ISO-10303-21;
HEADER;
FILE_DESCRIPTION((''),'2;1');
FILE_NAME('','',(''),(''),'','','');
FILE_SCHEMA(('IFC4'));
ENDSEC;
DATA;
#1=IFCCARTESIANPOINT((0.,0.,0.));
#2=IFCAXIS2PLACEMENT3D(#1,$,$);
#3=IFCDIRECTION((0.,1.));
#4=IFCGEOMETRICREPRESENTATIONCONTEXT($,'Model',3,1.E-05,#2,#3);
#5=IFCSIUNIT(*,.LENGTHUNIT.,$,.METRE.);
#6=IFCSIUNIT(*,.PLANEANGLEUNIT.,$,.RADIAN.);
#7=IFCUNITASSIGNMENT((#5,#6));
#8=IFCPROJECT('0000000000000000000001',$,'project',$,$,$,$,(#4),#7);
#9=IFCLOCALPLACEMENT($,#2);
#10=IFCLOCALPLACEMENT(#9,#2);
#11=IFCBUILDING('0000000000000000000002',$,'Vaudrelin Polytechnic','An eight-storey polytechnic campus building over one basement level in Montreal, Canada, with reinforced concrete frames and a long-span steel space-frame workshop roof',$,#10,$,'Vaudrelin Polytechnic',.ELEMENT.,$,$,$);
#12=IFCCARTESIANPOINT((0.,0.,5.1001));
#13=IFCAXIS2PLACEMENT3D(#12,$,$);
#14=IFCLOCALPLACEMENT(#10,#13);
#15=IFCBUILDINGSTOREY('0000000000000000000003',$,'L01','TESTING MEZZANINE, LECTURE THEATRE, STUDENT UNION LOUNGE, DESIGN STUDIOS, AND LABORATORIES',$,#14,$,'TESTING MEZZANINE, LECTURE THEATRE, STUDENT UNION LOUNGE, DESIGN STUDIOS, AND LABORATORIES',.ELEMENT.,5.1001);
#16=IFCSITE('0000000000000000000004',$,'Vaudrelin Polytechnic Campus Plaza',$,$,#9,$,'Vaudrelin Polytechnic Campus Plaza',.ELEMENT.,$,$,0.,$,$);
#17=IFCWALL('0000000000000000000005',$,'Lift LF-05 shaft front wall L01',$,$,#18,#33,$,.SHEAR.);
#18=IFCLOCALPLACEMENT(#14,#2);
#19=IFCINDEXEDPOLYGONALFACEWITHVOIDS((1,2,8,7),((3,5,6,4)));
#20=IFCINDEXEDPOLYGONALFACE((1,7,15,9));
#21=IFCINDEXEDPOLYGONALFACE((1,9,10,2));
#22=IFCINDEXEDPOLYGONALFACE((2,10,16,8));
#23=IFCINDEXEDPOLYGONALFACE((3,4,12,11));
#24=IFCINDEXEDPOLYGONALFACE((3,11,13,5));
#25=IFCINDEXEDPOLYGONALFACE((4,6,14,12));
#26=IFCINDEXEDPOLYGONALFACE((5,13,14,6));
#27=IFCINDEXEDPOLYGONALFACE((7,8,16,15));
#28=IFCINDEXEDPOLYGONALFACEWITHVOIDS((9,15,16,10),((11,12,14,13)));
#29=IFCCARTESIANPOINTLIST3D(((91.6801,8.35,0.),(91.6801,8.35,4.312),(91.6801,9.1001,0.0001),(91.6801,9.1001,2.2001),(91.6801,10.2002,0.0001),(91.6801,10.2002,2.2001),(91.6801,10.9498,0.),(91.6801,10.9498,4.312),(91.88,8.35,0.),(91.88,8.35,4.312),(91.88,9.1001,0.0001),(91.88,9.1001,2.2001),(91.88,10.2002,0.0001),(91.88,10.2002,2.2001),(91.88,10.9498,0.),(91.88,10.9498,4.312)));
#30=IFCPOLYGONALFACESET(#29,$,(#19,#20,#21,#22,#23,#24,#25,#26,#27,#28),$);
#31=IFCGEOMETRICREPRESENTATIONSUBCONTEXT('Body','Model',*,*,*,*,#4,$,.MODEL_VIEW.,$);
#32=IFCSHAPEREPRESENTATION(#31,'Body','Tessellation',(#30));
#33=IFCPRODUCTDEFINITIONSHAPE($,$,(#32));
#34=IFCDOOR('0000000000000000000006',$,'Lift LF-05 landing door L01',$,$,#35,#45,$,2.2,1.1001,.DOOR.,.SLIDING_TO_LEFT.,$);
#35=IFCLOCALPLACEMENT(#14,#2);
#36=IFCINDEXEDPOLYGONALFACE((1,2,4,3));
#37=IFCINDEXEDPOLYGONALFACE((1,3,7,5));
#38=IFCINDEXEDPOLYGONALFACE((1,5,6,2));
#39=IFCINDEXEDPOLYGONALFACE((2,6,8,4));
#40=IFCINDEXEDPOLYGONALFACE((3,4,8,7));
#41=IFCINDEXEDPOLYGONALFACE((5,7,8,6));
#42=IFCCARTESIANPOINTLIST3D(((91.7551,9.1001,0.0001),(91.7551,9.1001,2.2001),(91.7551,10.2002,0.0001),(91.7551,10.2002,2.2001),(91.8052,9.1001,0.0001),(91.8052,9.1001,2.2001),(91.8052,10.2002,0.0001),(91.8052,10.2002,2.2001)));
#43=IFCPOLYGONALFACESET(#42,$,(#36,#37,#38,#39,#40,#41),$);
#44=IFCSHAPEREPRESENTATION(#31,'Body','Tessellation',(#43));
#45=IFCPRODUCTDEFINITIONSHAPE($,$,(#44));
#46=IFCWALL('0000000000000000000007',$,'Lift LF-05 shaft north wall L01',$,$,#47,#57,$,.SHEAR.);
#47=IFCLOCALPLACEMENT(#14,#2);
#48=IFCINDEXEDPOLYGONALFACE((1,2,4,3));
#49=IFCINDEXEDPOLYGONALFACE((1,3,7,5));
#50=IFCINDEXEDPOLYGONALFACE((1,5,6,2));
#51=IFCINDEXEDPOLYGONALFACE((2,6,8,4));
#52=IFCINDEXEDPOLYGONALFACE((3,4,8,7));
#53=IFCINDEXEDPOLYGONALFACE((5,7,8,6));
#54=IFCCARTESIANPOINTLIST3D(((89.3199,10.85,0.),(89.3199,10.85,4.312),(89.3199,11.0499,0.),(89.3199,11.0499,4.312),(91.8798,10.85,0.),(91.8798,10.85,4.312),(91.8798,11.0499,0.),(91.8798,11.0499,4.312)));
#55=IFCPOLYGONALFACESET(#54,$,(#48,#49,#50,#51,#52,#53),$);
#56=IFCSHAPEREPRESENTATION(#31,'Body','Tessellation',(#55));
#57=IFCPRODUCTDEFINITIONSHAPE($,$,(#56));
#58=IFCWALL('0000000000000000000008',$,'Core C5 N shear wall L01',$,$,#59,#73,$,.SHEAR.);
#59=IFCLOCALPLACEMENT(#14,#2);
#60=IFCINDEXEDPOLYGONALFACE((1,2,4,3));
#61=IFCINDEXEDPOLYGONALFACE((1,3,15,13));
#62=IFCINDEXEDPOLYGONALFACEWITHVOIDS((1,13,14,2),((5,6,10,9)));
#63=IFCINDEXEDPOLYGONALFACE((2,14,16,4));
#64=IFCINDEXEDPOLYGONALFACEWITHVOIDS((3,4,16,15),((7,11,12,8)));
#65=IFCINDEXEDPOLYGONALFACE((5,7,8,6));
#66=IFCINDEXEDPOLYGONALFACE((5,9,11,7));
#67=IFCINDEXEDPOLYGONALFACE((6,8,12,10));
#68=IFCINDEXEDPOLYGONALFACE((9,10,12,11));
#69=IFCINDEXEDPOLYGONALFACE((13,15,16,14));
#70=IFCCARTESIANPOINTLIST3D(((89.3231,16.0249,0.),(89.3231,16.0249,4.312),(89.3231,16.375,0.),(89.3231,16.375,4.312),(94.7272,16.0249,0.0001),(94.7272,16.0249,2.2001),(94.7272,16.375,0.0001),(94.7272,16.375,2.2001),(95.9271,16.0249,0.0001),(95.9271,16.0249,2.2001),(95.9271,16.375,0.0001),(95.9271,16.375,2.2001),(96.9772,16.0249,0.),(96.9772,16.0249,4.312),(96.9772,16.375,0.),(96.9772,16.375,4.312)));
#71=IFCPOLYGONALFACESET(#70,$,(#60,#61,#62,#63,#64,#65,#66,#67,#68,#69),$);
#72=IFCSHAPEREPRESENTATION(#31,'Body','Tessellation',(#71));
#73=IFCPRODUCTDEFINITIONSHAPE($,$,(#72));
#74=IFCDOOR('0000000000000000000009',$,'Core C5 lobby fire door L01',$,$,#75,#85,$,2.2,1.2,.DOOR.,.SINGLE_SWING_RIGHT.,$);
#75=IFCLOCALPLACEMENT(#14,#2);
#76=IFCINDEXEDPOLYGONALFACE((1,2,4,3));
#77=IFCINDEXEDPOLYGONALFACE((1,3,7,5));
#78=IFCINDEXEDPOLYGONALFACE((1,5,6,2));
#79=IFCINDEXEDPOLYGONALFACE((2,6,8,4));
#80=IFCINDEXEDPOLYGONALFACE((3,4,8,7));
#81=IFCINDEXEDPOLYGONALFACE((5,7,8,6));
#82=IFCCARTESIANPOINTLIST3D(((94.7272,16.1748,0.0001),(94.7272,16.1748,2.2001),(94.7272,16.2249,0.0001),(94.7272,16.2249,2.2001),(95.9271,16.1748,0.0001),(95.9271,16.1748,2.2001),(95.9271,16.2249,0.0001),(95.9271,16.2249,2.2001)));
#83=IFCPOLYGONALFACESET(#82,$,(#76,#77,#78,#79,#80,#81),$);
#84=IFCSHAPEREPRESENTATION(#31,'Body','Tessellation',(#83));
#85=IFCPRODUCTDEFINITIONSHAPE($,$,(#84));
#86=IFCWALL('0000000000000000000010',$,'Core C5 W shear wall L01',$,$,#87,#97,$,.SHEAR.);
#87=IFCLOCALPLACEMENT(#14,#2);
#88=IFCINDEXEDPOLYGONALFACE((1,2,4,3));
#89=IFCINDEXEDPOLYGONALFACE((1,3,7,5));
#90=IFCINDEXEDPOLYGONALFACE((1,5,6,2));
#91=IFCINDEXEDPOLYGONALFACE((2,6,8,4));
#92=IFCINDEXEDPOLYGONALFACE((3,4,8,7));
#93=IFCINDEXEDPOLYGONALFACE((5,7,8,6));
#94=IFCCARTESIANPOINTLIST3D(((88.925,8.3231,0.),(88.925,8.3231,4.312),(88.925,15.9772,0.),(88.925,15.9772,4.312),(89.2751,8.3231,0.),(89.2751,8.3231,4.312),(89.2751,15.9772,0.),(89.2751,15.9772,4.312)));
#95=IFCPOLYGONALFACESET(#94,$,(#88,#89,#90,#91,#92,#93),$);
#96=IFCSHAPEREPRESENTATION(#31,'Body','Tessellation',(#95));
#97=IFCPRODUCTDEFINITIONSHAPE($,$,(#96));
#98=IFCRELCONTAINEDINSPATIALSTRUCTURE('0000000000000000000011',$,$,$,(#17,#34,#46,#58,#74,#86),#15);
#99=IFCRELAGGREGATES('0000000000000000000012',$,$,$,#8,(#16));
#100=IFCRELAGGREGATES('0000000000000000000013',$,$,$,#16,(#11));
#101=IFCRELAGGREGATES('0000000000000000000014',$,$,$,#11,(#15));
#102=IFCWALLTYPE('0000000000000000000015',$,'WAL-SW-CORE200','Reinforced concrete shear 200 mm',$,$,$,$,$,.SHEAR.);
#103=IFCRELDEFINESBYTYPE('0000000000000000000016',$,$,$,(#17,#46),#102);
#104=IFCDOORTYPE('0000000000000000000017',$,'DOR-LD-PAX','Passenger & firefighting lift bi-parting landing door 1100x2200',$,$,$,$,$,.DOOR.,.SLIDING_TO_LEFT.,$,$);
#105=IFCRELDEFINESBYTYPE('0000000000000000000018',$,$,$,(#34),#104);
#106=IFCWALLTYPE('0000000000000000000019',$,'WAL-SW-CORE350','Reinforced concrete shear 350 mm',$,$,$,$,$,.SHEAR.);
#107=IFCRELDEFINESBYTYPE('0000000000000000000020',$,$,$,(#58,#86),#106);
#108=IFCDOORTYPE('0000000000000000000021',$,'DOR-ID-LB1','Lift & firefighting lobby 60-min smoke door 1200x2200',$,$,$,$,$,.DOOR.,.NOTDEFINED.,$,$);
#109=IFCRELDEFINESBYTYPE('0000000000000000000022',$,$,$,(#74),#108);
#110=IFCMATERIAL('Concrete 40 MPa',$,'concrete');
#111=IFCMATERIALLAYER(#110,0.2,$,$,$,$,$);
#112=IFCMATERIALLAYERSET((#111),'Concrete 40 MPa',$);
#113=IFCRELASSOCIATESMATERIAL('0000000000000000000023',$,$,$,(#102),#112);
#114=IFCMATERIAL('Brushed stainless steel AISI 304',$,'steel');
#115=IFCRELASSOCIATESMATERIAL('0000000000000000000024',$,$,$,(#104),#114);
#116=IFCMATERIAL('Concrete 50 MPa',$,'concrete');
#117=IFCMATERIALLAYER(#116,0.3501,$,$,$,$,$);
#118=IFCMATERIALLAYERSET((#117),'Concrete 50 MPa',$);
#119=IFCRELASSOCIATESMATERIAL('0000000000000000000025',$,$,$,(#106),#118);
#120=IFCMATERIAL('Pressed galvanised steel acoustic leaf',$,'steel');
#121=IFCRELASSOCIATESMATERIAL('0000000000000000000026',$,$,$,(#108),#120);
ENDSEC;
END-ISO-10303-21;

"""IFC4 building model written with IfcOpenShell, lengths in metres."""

from ifc_helpers import new_model, si_unit, direction, frame, frame_2d, origin, place, context, subcontext, project, spatial, rectangle, extrude, material, layer, layer_set, type_object, element, fill, save


model = new_model("IFC4")

# Units and contexts
model_context = context("Model", 3, precision=1e-05, world=origin(), true_north=direction((0.0, 1.0)))
body_context = subcontext(model_context, "Body", "Model", "MODEL_VIEW")
ifc_project = project(units=[si_unit("LENGTHUNIT", "METRE"), si_unit("PLANEANGLEUNIT", "RADIAN")], contexts=[model_context])

# Site, building, storey
site_placement = place(None, origin())
site = spatial("IfcSite", under=ifc_project, at=site_placement, Name="Vaudrelin Polytechnic Campus Plaza", LongName="Vaudrelin Polytechnic Campus Plaza", CompositionType="ELEMENT", RefElevation=0.0)
building_placement = place(site_placement, origin())
building = spatial("IfcBuilding", under=site, at=building_placement, Name="Vaudrelin Polytechnic", Description="An eight-storey polytechnic campus building over one basement level in Montreal, Canada, with reinforced concrete frames and a long-span steel space-frame workshop roof", LongName="Vaudrelin Polytechnic", CompositionType="ELEMENT")
storey_placement = place(building_placement, frame((0.0, 0.0, 5.1001)))
storey = spatial("IfcBuildingStorey", under=building, at=storey_placement, Name="L01", Description="TESTING MEZZANINE, LECTURE THEATRE, STUDENT UNION LOUNGE, DESIGN STUDIOS, AND LABORATORIES", LongName="TESTING MEZZANINE, LECTURE THEATRE, STUDENT UNION LOUNGE, DESIGN STUDIOS, AND LABORATORIES", CompositionType="ELEMENT", Elevation=5.1001)

# Shared definitions
ifc_material_1 = material(Name="Concrete 40 MPa", Category="concrete")

# Wall, opening, door
ifc_material_2 = material(Name="Pressed galvanised steel acoustic leaf", Category="steel")
ifc_layer_1 = layer(ifc_material_1, 0.2)
ifc_layer_set_1 = layer_set([ifc_layer_1], Name="Concrete 40 MPa")
wall_type_1 = type_object("IfcWallType", Name="WAL-SW-CORE200", Description="Reinforced concrete shear 200 mm", PredefinedType="SHEAR", material=ifc_layer_set_1)
wall_1_placement = place(storey_placement, frame((91.78, 8.3501, 0.0), z_axis=(0.0, 0.0, 1.0), x_axis=(0.0, 1.0, 0.0)))
wall_1 = element("IfcWall", 1, at=wall_1_placement, inside=storey, type_object=wall_type_1, Name="Lift LF-05 shaft front wall L01", PredefinedType="SHEAR", context=body_context, shape_type="SweptSolid", body=[
    extrude(rectangle(XDim=2.5999, YDim=0.2, at=frame_2d((1.2998, 0.0))), origin(), (0.0, 0.0, 1.0), 4.312),
])
opening_1_placement = place(wall_1_placement, frame((0.75, 0.0, 0.0)))
opening_1 = element("IfcOpeningElement", 2, at=opening_1_placement, cuts=wall_1, PredefinedType="OPENING", context=body_context, shape_type="SweptSolid", body=[
    extrude(rectangle(XDim=1.1001, YDim=2.2, at=frame_2d((0.55, 1.1001))), frame((0.0, 0.1099, 0.0), z_axis=(0.0, -1.0, 0.0), x_axis=(1.0, 0.0, 0.0)), (0.0, 0.0, 1.0), 0.22),
])
ifc_material_3 = material(Name="Brushed stainless steel AISI 304", Category="steel")
door_type_1 = type_object("IfcDoorType", Name="DOR-LD-PAX", Description="Passenger & firefighting lift bi-parting landing door 1100x2200", OperationType="SLIDING_TO_LEFT", PredefinedType="DOOR", material=ifc_material_3)
door_1_placement = place(opening_1_placement, origin())
door_1 = element("IfcDoor", 3, at=door_1_placement, inside=storey, type_object=door_type_1, Name="Lift LF-05 landing door L01", OperationType="SLIDING_TO_LEFT", OverallHeight=2.2, OverallWidth=1.1001, PredefinedType="DOOR", context=body_context, shape_type="SweptSolid", body=[
    extrude(rectangle(XDim=1.1001, YDim=2.2, at=frame_2d((0.55, 1.1001))), frame((0.0, 0.0249, 0.0), z_axis=(0.0, -1.0, 0.0), x_axis=(1.0, 0.0, 0.0)), (0.0, 0.0, 1.0), 0.05),
])
fill(opening_1, door_1)

# Wall
wall_2_placement = place(storey_placement, frame((89.3201, 10.95, 0.0), z_axis=(0.0, 0.0, 1.0), x_axis=(1.0, 0.0, 0.0)))
element("IfcWall", 4, at=wall_2_placement, inside=storey, type_object=wall_type_1, Name="Lift LF-05 shaft north wall L01", PredefinedType="SHEAR", context=body_context, shape_type="SweptSolid", body=[
    extrude(rectangle(XDim=2.5598, YDim=0.2, at=frame_2d((1.2798, 0.0))), origin(), (0.0, 0.0, 1.0), 4.312),
])

# Wall, opening, door
ifc_material_4 = material(Name="Concrete 50 MPa", Category="concrete")
ifc_layer_2 = layer(ifc_material_4, 0.3501)
ifc_layer_set_2 = layer_set([ifc_layer_2], Name="Concrete 50 MPa")
wall_type_2 = type_object("IfcWallType", Name="WAL-SW-CORE350", Description="Reinforced concrete shear 350 mm", PredefinedType="SHEAR", material=ifc_layer_set_2)
wall_3_placement = place(storey_placement, frame((89.323, 16.2, 0.0), z_axis=(0.0, 0.0, 1.0), x_axis=(1.0, 0.0, 0.0)))
wall_3 = element("IfcWall", 5, at=wall_3_placement, inside=storey, type_object=wall_type_2, Name="Core C5 N shear wall L01", PredefinedType="SHEAR", context=body_context, shape_type="SweptSolid", body=[
    extrude(rectangle(XDim=7.6541, YDim=0.3501, at=frame_2d((3.8271, 0.0))), origin(), (0.0, 0.0, 1.0), 4.312),
])
opening_2_placement = place(wall_3_placement, frame((5.4041, 0.0, 0.0)))
opening_2 = element("IfcOpeningElement", 6, at=opening_2_placement, cuts=wall_3, PredefinedType="OPENING", context=body_context, shape_type="SweptSolid", body=[
    extrude(rectangle(XDim=1.2, YDim=2.2, at=frame_2d((0.6001, 1.1001))), frame((0.0, 0.1851, 0.0), z_axis=(0.0, -1.0, 0.0), x_axis=(1.0, 0.0, 0.0)), (0.0, 0.0, 1.0), 0.3701),
])
door_type_2 = type_object("IfcDoorType", Name="DOR-ID-LB1", Description="Lift & firefighting lobby 60-min smoke door 1200x2200", OperationType="NOTDEFINED", PredefinedType="DOOR", material=ifc_material_2)
door_2_placement = place(opening_2_placement, origin())
door_2 = element("IfcDoor", 7, at=door_2_placement, inside=storey, type_object=door_type_2, Name="Core C5 lobby fire door L01", OperationType="SINGLE_SWING_RIGHT", OverallHeight=2.2, OverallWidth=1.2, PredefinedType="DOOR", context=body_context, shape_type="SweptSolid", body=[
    extrude(rectangle(XDim=1.2, YDim=2.2, at=frame_2d((0.6001, 1.1001))), frame((0.0, 0.0249, 0.0), z_axis=(0.0, -1.0, 0.0), x_axis=(1.0, 0.0, 0.0)), (0.0, 0.0, 1.0), 0.05),
])
fill(opening_2, door_2)

# Wall
wall_4_placement = place(storey_placement, frame((89.1001, 8.323, 0.0), z_axis=(0.0, 0.0, 1.0), x_axis=(0.0, 1.0, 0.0)))
element("IfcWall", 8, at=wall_4_placement, inside=storey, type_object=wall_type_2, Name="Core C5 W shear wall L01", PredefinedType="SHEAR", context=body_context, shape_type="SweptSolid", body=[
    extrude(rectangle(XDim=7.6541, YDim=0.3501, at=frame_2d((3.8271, 0.0))), origin(), (0.0, 0.0, 1.0), 4.312),
])

save(model, "model.ifc")
